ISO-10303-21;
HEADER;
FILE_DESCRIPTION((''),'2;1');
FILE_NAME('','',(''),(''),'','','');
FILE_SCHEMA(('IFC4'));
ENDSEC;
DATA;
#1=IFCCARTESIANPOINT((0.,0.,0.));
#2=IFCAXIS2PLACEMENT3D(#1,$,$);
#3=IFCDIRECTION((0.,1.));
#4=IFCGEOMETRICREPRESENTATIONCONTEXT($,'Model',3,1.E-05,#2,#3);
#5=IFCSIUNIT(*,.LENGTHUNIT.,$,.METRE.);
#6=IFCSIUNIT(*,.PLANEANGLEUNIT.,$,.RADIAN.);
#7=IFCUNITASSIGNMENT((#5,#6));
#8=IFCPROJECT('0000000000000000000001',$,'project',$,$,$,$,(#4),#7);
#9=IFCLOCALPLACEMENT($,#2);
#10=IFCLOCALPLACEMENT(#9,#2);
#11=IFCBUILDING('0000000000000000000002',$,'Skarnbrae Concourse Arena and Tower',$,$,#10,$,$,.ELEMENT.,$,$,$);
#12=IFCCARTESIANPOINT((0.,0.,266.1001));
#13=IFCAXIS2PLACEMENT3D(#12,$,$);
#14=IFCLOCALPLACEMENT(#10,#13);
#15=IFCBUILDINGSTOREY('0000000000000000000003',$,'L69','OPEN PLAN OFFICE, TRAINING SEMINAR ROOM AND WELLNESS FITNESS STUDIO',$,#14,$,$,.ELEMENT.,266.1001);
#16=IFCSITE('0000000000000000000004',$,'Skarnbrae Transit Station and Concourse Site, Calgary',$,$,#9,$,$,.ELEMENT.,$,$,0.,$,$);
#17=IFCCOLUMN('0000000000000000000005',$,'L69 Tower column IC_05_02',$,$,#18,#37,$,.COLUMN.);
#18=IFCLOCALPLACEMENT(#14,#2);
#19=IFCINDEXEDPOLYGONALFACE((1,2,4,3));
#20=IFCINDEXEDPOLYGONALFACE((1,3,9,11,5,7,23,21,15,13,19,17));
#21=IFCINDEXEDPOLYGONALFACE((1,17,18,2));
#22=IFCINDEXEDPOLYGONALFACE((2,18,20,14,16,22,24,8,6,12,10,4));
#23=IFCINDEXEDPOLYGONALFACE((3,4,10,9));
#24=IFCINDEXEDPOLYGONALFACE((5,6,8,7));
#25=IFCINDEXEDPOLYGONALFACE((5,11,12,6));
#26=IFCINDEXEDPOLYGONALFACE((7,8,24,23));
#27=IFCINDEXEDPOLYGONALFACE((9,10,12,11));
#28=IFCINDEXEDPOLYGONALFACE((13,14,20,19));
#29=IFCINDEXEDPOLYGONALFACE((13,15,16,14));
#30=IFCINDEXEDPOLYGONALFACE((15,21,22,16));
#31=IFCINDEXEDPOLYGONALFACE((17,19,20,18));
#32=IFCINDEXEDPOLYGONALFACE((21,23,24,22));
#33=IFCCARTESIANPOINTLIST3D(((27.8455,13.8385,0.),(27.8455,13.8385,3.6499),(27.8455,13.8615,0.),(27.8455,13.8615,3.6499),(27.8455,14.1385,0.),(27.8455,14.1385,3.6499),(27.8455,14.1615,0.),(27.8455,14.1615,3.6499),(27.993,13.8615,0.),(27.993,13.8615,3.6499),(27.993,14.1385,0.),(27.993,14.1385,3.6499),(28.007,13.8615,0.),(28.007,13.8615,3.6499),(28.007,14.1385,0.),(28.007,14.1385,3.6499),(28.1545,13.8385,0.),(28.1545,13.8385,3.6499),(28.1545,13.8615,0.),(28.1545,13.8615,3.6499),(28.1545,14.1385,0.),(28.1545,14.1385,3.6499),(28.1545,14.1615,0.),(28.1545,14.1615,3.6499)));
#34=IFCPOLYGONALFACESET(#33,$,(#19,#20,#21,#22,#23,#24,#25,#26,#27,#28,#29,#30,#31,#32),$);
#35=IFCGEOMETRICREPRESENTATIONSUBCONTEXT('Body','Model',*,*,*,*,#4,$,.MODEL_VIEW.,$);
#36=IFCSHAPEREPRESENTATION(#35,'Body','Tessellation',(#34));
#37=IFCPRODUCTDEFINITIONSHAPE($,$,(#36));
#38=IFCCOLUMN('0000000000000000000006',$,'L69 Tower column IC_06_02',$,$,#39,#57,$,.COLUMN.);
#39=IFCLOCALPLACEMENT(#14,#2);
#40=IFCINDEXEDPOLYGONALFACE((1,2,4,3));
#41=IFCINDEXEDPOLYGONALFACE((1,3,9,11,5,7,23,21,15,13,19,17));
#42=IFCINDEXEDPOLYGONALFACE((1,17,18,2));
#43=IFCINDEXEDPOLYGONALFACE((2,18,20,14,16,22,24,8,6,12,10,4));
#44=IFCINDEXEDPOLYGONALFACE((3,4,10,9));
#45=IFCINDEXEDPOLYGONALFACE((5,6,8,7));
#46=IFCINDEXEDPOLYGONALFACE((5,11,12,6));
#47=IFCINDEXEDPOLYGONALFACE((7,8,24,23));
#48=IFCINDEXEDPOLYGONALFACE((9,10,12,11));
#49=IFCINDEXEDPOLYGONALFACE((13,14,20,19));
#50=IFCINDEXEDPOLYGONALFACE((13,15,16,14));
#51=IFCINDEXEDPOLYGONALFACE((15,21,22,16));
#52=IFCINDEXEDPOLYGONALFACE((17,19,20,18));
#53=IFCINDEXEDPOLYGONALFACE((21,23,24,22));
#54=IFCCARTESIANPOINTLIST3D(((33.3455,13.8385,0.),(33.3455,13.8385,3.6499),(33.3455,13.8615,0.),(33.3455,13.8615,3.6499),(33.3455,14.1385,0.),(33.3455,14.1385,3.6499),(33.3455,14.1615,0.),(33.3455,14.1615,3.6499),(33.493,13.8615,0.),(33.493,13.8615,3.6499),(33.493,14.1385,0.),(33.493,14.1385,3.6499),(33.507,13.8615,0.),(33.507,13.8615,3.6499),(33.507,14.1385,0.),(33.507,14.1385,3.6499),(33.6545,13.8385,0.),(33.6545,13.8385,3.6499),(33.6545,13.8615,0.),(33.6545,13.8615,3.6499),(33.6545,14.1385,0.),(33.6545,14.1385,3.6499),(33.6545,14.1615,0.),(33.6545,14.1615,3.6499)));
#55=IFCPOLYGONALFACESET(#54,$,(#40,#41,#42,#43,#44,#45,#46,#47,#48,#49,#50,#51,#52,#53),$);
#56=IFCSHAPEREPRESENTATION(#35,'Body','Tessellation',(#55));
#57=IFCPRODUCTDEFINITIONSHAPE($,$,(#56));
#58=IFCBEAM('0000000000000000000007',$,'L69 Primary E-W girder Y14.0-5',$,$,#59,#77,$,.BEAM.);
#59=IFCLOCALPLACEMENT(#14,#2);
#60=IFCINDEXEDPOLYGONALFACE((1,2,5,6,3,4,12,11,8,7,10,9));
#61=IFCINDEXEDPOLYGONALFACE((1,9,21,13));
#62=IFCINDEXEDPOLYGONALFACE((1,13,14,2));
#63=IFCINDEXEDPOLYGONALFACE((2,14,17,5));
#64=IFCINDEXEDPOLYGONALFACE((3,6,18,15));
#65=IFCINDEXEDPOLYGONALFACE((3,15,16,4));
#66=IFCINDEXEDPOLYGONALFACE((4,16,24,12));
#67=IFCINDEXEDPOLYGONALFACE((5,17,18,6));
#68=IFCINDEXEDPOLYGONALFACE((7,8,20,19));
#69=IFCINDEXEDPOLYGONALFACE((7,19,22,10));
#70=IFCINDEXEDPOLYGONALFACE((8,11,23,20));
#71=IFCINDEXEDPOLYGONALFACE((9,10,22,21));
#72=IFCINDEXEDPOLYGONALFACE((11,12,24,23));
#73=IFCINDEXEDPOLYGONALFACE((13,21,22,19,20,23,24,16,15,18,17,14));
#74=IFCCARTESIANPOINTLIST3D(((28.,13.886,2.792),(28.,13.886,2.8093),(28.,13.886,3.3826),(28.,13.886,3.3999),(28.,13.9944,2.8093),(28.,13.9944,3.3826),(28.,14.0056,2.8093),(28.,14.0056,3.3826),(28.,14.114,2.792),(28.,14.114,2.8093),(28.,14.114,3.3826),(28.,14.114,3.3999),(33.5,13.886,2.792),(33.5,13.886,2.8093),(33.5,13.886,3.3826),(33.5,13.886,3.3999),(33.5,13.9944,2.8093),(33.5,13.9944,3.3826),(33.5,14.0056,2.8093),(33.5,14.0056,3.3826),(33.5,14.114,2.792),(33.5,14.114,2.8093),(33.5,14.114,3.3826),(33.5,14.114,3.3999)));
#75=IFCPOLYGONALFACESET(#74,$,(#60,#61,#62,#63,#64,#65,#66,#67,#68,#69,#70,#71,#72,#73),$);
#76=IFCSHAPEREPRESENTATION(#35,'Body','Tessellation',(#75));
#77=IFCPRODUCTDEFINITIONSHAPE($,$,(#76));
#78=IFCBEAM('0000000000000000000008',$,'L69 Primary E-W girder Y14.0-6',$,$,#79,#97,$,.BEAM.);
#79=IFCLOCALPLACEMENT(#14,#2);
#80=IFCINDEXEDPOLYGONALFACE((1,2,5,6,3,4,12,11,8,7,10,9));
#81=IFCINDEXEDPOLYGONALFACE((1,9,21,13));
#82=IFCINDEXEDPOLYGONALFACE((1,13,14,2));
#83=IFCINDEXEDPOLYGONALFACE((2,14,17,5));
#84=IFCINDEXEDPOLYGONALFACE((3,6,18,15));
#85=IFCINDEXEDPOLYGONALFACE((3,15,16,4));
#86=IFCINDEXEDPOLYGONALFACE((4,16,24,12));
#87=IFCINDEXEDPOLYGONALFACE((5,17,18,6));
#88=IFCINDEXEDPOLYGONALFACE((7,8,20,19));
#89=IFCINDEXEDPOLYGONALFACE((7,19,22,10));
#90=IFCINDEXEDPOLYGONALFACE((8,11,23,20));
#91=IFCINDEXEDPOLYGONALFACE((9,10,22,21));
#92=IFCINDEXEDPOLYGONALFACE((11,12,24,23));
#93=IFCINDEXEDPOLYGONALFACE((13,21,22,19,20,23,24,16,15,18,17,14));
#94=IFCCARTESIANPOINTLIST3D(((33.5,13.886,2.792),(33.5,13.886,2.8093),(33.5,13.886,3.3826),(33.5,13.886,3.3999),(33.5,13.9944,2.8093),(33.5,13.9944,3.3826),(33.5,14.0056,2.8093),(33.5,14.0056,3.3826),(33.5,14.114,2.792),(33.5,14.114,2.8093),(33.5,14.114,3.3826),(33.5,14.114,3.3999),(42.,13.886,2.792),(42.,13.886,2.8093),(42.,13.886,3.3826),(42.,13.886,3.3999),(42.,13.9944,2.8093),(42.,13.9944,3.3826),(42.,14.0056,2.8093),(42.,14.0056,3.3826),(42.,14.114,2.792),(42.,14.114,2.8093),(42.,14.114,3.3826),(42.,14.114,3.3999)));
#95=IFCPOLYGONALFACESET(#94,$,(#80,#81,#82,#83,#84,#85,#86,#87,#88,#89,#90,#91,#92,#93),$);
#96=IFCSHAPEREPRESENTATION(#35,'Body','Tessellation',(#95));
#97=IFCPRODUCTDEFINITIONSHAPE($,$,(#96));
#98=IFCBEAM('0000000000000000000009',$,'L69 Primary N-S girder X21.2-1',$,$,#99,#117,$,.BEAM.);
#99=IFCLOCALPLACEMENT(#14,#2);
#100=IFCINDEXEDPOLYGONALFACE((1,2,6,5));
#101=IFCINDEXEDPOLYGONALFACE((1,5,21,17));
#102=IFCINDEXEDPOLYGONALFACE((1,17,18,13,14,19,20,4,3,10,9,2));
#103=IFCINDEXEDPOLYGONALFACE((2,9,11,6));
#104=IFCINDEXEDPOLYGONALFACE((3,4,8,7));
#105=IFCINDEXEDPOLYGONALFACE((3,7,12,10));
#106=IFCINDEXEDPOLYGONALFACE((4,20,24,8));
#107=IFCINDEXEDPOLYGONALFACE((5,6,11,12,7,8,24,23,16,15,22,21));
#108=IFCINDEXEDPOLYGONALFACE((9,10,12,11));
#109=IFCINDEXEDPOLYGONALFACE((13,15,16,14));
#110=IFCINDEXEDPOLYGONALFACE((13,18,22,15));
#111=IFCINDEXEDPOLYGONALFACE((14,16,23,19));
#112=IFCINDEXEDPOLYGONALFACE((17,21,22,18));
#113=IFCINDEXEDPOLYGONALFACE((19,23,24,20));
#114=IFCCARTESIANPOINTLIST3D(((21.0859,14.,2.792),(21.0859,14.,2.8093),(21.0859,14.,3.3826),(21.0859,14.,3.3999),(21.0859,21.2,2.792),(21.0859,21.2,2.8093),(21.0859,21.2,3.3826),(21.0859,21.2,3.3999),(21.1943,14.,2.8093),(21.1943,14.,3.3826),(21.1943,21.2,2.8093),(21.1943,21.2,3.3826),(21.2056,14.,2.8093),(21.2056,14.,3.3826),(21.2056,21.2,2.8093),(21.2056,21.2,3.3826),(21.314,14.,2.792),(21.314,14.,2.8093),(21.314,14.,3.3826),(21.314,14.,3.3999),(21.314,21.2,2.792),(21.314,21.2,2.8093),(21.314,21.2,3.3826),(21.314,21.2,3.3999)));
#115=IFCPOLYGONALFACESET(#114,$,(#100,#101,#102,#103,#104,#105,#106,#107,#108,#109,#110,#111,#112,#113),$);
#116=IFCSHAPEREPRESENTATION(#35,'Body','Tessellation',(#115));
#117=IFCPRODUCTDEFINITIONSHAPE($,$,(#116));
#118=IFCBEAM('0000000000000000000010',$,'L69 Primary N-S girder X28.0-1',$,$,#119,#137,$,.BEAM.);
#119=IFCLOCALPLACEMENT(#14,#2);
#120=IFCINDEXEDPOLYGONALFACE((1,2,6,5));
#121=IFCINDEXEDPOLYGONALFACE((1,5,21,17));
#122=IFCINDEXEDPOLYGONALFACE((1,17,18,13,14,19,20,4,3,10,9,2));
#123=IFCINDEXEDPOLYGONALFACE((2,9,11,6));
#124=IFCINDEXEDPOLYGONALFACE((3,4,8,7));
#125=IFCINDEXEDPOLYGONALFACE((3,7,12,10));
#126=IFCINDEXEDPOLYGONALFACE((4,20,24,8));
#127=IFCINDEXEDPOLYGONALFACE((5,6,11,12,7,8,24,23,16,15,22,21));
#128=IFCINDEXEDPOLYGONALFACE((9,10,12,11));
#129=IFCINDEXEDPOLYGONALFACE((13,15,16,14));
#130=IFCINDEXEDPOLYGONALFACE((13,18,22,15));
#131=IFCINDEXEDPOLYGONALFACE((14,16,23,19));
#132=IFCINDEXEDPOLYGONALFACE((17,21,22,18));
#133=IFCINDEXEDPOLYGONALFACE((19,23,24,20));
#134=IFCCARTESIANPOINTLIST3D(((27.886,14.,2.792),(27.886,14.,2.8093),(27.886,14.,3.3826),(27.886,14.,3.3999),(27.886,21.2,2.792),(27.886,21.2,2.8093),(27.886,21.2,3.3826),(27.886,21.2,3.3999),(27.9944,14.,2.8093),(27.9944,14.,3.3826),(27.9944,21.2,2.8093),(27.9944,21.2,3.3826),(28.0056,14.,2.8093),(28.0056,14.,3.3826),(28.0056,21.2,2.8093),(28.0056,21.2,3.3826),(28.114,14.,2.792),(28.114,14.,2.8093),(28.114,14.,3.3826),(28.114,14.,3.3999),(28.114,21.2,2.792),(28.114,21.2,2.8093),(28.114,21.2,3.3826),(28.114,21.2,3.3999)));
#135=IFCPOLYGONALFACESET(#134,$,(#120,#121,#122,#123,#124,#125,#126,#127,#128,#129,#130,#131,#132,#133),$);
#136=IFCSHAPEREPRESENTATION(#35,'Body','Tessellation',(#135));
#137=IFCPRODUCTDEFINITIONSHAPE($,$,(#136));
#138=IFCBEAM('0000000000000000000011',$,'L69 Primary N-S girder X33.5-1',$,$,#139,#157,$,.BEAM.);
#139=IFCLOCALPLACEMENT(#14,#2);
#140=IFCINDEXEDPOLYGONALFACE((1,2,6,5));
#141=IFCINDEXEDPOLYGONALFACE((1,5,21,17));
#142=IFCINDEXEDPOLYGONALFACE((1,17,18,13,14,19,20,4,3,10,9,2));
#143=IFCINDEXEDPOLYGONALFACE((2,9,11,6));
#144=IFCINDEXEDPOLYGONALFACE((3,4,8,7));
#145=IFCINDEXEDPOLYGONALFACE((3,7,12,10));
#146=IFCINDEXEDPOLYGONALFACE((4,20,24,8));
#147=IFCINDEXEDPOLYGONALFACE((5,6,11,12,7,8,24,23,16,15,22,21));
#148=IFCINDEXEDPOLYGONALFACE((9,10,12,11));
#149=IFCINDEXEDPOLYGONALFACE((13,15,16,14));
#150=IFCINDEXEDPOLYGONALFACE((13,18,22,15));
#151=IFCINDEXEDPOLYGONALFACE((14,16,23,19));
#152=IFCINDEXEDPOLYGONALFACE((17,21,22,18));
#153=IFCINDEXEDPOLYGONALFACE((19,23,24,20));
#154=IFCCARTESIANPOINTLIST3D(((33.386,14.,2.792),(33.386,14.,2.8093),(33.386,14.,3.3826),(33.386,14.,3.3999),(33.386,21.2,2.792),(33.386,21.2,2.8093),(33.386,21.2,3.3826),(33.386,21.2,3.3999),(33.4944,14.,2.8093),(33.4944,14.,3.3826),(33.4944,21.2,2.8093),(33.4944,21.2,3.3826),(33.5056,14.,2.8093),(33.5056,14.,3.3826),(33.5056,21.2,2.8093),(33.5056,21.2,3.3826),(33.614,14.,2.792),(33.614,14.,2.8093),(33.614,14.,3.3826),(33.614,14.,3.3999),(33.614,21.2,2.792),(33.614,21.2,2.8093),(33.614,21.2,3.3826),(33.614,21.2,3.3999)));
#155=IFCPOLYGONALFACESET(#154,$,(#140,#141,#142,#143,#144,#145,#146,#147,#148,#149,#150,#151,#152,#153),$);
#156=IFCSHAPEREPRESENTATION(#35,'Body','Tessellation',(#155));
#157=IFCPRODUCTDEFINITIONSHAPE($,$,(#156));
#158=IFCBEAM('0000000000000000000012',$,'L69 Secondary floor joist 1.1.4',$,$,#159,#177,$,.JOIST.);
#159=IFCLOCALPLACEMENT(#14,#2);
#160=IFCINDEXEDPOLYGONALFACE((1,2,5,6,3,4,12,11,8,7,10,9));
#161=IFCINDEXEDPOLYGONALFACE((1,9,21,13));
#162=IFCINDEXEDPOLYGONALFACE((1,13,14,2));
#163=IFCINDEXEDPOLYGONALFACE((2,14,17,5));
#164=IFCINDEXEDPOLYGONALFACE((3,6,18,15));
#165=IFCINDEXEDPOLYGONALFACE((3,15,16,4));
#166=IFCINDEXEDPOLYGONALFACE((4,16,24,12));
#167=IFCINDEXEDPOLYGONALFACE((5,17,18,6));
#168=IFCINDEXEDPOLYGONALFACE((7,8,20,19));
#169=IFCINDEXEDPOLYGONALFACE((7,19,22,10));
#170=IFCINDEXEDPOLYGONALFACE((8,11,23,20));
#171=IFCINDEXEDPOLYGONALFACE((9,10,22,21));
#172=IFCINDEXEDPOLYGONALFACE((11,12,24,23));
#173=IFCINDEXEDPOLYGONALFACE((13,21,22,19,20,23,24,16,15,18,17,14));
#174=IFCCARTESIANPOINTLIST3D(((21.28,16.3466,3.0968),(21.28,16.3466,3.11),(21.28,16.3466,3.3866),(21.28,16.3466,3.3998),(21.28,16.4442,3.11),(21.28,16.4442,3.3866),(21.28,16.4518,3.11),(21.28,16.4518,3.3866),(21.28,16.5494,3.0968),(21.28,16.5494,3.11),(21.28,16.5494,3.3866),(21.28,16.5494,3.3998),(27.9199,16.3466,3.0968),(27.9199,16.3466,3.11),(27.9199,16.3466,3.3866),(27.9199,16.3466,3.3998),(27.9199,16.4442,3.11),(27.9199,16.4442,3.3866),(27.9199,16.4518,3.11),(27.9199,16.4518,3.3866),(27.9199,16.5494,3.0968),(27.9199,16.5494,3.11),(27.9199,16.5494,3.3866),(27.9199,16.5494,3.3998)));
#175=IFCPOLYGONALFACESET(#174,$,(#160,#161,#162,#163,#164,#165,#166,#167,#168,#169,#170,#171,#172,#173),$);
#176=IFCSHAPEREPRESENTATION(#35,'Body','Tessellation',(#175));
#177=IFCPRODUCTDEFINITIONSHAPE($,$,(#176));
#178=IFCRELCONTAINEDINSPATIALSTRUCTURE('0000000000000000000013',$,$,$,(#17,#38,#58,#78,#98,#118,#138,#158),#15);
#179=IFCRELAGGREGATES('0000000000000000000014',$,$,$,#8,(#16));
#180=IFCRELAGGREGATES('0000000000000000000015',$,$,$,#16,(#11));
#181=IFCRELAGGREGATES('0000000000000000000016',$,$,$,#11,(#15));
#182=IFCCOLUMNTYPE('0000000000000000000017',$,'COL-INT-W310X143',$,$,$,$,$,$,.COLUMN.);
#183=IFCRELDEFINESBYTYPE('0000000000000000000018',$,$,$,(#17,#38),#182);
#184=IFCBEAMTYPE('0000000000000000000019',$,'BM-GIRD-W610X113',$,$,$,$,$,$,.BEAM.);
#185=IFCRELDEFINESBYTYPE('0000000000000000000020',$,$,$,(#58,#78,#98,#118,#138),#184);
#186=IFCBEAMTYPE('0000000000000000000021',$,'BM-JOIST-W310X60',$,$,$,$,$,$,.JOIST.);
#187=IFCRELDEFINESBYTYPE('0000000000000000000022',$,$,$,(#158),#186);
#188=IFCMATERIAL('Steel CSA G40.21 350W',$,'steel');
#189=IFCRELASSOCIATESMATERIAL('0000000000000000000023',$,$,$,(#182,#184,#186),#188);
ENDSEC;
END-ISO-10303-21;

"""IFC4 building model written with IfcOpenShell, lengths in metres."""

from ifc_helpers import new_model, si_unit, direction, frame, origin, origin_2d, place, context, subcontext, project, spatial, i_section, extrude, source, transform, mapped, material, material_profile, profile_set, type_object, element, save


model = new_model("IFC4")

# Units and contexts
model_context = context("Model", 3, precision=1e-05, world=origin(), true_north=direction((0.0, 1.0)))
body_context = subcontext(model_context, "Body", "Model", "MODEL_VIEW")
ifc_project = project(units=[si_unit("LENGTHUNIT", "METRE"), si_unit("PLANEANGLEUNIT", "RADIAN")], contexts=[model_context])

# Site, building, storey
site_placement = place(None, origin())
site = spatial("IfcSite", under=ifc_project, at=site_placement, Name="Skarnbrae Transit Station and Concourse Site, Calgary", CompositionType="ELEMENT", RefElevation=0.0)
building_placement = place(site_placement, origin())
building = spatial("IfcBuilding", under=site, at=building_placement, Name="Skarnbrae Concourse Arena and Tower", CompositionType="ELEMENT")
storey_placement = place(building_placement, frame((0.0, 0.0, 266.1001)))
storey = spatial("IfcBuildingStorey", under=building, at=storey_placement, Name="L69", Description="OPEN PLAN OFFICE, TRAINING SEMINAR ROOM AND WELLNESS FITNESS STUDIO", CompositionType="ELEMENT", Elevation=266.1001)

# Columns
ifc_material_1 = material(Name="Steel CSA G40.21 350W", Category="steel")
ifc_material_profile_1 = material_profile(ifc_material_1, i_section(OverallWidth=0.3091, OverallDepth=0.323, WebThickness=0.0139, FlangeThickness=0.0229, at=origin_2d()), Name="W310X143")
ifc_profile_set_1 = profile_set([ifc_material_profile_1], Name="Steel CSA G40.21 350W")
column_type = type_object("IfcColumnType", Name="COL-INT-W310X143", PredefinedType="COLUMN", material=ifc_profile_set_1)
shared_shape_1 = source(origin(), body_context, "Body", "SweptSolid", [
    extrude(i_section(OverallWidth=0.3091, OverallDepth=0.323, WebThickness=0.0139, FlangeThickness=0.0229, at=origin_2d()), origin(), (0.0, 0.0, 1.0), 3.6499),
])
for number, where, z_axis, x_axis, name in (
    (1, (28.0, 14.0, 0.0), (0.0, 0.0, 1.0), (1.0, 0.0, 0.0), "L69 Tower column IC_05_02"),
    (2, (33.5, 14.0, 0.0), (0.0, 0.0, 1.0), (1.0, 0.0, 0.0), "L69 Tower column IC_06_02"),
):
    element("IfcColumn", number, at=place(storey_placement, frame(where, z_axis=z_axis, x_axis=x_axis)), inside=storey, type_object=column_type, Name=name, PredefinedType="COLUMN", context=body_context, shape_type="MappedRepresentation", body=[
        mapped(shared_shape_1, transform((0.0, 0.0, 0.0))),
    ])

# Beams
ifc_material_profile_2 = material_profile(ifc_material_1, i_section(OverallWidth=0.228, OverallDepth=0.6079, WebThickness=0.0112, FlangeThickness=0.0173, at=origin_2d()), Name="W610X113")
ifc_profile_set_2 = profile_set([ifc_material_profile_2], Name="Steel CSA G40.21 350W")
beam_type_1 = type_object("IfcBeamType", Name="BM-GIRD-W610X113", PredefinedType="BEAM", material=ifc_profile_set_2)
shared_shape_2 = source(origin(), body_context, "Body", "SweptSolid", [
    extrude(i_section(OverallWidth=0.228, OverallDepth=0.6079, WebThickness=0.0112, FlangeThickness=0.0173, at=origin_2d()), origin(), (0.0, 0.0, 1.0), 5.5),
])
beam_1_placement = place(storey_placement, frame((28.0, 14.0, 3.0959), z_axis=(1.0, 0.0, 0.0), x_axis=(0.0, 1.0, 0.0)))
element("IfcBeam", 3, at=beam_1_placement, inside=storey, type_object=beam_type_1, Name="L69 Primary E-W girder Y14.0-5", PredefinedType="BEAM", context=body_context, shape_type="MappedRepresentation", body=[
    mapped(shared_shape_2, transform((0.0, 0.0, 0.0))),
])
shared_shape_3 = source(origin(), body_context, "Body", "SweptSolid", [
    extrude(i_section(OverallWidth=0.228, OverallDepth=0.6079, WebThickness=0.0112, FlangeThickness=0.0173, at=origin_2d()), origin(), (0.0, 0.0, 1.0), 8.5),
])
beam_2_placement = place(storey_placement, frame((33.5, 14.0, 3.0959), z_axis=(1.0, 0.0, 0.0), x_axis=(0.0, 1.0, 0.0)))
element("IfcBeam", 4, at=beam_2_placement, inside=storey, type_object=beam_type_1, Name="L69 Primary E-W girder Y14.0-6", PredefinedType="BEAM", context=body_context, shape_type="MappedRepresentation", body=[
    mapped(shared_shape_3, transform((0.0, 0.0, 0.0))),
])
shared_shape_4 = source(origin(), body_context, "Body", "SweptSolid", [
    extrude(i_section(OverallWidth=0.228, OverallDepth=0.6079, WebThickness=0.0112, FlangeThickness=0.0173, at=origin_2d()), origin(), (0.0, 0.0, 1.0), 7.2),
])
for number, where, z_axis, x_axis, name in (
    (5, (21.2, 14.0, 3.0959), (0.0, 1.0, 0.0), (-1.0, 0.0, 0.0), "L69 Primary N-S girder X21.2-1"),
    (6, (28.0, 14.0, 3.0959), (0.0, 1.0, 0.0), (-1.0, 0.0, 0.0), "L69 Primary N-S girder X28.0-1"),
    (7, (33.5, 14.0, 3.0959), (0.0, 1.0, 0.0), (-1.0, 0.0, 0.0), "L69 Primary N-S girder X33.5-1"),
):
    element("IfcBeam", number, at=place(storey_placement, frame(where, z_axis=z_axis, x_axis=x_axis)), inside=storey, type_object=beam_type_1, Name=name, PredefinedType="BEAM", context=body_context, shape_type="MappedRepresentation", body=[
        mapped(shared_shape_4, transform((0.0, 0.0, 0.0))),
    ])
ifc_material_profile_3 = material_profile(ifc_material_1, i_section(OverallWidth=0.2029, OverallDepth=0.303, WebThickness=0.0076, FlangeThickness=0.0132, at=origin_2d()), Name="W310X60")
ifc_profile_set_3 = profile_set([ifc_material_profile_3], Name="Steel CSA G40.21 350W")
beam_type_2 = type_object("IfcBeamType", Name="BM-JOIST-W310X60", PredefinedType="JOIST", material=ifc_profile_set_3)
shared_shape_5 = source(origin(), body_context, "Body", "SweptSolid", [
    extrude(i_section(OverallWidth=0.2029, OverallDepth=0.303, WebThickness=0.0076, FlangeThickness=0.0132, at=origin_2d()), origin(), (0.0, 0.0, 1.0), 6.6399),
])
beam_3_placement = place(storey_placement, frame((21.28, 16.448, 3.2483), z_axis=(1.0, 0.0, 0.0), x_axis=(0.0, 1.0, 0.0)))
element("IfcBeam", 8, at=beam_3_placement, inside=storey, type_object=beam_type_2, Name="L69 Secondary floor joist 1.1.4", PredefinedType="JOIST", context=body_context, shape_type="MappedRepresentation", body=[
    mapped(shared_shape_5, transform((0.0, 0.0, 0.0))),
])

save(model, "model.ifc")
